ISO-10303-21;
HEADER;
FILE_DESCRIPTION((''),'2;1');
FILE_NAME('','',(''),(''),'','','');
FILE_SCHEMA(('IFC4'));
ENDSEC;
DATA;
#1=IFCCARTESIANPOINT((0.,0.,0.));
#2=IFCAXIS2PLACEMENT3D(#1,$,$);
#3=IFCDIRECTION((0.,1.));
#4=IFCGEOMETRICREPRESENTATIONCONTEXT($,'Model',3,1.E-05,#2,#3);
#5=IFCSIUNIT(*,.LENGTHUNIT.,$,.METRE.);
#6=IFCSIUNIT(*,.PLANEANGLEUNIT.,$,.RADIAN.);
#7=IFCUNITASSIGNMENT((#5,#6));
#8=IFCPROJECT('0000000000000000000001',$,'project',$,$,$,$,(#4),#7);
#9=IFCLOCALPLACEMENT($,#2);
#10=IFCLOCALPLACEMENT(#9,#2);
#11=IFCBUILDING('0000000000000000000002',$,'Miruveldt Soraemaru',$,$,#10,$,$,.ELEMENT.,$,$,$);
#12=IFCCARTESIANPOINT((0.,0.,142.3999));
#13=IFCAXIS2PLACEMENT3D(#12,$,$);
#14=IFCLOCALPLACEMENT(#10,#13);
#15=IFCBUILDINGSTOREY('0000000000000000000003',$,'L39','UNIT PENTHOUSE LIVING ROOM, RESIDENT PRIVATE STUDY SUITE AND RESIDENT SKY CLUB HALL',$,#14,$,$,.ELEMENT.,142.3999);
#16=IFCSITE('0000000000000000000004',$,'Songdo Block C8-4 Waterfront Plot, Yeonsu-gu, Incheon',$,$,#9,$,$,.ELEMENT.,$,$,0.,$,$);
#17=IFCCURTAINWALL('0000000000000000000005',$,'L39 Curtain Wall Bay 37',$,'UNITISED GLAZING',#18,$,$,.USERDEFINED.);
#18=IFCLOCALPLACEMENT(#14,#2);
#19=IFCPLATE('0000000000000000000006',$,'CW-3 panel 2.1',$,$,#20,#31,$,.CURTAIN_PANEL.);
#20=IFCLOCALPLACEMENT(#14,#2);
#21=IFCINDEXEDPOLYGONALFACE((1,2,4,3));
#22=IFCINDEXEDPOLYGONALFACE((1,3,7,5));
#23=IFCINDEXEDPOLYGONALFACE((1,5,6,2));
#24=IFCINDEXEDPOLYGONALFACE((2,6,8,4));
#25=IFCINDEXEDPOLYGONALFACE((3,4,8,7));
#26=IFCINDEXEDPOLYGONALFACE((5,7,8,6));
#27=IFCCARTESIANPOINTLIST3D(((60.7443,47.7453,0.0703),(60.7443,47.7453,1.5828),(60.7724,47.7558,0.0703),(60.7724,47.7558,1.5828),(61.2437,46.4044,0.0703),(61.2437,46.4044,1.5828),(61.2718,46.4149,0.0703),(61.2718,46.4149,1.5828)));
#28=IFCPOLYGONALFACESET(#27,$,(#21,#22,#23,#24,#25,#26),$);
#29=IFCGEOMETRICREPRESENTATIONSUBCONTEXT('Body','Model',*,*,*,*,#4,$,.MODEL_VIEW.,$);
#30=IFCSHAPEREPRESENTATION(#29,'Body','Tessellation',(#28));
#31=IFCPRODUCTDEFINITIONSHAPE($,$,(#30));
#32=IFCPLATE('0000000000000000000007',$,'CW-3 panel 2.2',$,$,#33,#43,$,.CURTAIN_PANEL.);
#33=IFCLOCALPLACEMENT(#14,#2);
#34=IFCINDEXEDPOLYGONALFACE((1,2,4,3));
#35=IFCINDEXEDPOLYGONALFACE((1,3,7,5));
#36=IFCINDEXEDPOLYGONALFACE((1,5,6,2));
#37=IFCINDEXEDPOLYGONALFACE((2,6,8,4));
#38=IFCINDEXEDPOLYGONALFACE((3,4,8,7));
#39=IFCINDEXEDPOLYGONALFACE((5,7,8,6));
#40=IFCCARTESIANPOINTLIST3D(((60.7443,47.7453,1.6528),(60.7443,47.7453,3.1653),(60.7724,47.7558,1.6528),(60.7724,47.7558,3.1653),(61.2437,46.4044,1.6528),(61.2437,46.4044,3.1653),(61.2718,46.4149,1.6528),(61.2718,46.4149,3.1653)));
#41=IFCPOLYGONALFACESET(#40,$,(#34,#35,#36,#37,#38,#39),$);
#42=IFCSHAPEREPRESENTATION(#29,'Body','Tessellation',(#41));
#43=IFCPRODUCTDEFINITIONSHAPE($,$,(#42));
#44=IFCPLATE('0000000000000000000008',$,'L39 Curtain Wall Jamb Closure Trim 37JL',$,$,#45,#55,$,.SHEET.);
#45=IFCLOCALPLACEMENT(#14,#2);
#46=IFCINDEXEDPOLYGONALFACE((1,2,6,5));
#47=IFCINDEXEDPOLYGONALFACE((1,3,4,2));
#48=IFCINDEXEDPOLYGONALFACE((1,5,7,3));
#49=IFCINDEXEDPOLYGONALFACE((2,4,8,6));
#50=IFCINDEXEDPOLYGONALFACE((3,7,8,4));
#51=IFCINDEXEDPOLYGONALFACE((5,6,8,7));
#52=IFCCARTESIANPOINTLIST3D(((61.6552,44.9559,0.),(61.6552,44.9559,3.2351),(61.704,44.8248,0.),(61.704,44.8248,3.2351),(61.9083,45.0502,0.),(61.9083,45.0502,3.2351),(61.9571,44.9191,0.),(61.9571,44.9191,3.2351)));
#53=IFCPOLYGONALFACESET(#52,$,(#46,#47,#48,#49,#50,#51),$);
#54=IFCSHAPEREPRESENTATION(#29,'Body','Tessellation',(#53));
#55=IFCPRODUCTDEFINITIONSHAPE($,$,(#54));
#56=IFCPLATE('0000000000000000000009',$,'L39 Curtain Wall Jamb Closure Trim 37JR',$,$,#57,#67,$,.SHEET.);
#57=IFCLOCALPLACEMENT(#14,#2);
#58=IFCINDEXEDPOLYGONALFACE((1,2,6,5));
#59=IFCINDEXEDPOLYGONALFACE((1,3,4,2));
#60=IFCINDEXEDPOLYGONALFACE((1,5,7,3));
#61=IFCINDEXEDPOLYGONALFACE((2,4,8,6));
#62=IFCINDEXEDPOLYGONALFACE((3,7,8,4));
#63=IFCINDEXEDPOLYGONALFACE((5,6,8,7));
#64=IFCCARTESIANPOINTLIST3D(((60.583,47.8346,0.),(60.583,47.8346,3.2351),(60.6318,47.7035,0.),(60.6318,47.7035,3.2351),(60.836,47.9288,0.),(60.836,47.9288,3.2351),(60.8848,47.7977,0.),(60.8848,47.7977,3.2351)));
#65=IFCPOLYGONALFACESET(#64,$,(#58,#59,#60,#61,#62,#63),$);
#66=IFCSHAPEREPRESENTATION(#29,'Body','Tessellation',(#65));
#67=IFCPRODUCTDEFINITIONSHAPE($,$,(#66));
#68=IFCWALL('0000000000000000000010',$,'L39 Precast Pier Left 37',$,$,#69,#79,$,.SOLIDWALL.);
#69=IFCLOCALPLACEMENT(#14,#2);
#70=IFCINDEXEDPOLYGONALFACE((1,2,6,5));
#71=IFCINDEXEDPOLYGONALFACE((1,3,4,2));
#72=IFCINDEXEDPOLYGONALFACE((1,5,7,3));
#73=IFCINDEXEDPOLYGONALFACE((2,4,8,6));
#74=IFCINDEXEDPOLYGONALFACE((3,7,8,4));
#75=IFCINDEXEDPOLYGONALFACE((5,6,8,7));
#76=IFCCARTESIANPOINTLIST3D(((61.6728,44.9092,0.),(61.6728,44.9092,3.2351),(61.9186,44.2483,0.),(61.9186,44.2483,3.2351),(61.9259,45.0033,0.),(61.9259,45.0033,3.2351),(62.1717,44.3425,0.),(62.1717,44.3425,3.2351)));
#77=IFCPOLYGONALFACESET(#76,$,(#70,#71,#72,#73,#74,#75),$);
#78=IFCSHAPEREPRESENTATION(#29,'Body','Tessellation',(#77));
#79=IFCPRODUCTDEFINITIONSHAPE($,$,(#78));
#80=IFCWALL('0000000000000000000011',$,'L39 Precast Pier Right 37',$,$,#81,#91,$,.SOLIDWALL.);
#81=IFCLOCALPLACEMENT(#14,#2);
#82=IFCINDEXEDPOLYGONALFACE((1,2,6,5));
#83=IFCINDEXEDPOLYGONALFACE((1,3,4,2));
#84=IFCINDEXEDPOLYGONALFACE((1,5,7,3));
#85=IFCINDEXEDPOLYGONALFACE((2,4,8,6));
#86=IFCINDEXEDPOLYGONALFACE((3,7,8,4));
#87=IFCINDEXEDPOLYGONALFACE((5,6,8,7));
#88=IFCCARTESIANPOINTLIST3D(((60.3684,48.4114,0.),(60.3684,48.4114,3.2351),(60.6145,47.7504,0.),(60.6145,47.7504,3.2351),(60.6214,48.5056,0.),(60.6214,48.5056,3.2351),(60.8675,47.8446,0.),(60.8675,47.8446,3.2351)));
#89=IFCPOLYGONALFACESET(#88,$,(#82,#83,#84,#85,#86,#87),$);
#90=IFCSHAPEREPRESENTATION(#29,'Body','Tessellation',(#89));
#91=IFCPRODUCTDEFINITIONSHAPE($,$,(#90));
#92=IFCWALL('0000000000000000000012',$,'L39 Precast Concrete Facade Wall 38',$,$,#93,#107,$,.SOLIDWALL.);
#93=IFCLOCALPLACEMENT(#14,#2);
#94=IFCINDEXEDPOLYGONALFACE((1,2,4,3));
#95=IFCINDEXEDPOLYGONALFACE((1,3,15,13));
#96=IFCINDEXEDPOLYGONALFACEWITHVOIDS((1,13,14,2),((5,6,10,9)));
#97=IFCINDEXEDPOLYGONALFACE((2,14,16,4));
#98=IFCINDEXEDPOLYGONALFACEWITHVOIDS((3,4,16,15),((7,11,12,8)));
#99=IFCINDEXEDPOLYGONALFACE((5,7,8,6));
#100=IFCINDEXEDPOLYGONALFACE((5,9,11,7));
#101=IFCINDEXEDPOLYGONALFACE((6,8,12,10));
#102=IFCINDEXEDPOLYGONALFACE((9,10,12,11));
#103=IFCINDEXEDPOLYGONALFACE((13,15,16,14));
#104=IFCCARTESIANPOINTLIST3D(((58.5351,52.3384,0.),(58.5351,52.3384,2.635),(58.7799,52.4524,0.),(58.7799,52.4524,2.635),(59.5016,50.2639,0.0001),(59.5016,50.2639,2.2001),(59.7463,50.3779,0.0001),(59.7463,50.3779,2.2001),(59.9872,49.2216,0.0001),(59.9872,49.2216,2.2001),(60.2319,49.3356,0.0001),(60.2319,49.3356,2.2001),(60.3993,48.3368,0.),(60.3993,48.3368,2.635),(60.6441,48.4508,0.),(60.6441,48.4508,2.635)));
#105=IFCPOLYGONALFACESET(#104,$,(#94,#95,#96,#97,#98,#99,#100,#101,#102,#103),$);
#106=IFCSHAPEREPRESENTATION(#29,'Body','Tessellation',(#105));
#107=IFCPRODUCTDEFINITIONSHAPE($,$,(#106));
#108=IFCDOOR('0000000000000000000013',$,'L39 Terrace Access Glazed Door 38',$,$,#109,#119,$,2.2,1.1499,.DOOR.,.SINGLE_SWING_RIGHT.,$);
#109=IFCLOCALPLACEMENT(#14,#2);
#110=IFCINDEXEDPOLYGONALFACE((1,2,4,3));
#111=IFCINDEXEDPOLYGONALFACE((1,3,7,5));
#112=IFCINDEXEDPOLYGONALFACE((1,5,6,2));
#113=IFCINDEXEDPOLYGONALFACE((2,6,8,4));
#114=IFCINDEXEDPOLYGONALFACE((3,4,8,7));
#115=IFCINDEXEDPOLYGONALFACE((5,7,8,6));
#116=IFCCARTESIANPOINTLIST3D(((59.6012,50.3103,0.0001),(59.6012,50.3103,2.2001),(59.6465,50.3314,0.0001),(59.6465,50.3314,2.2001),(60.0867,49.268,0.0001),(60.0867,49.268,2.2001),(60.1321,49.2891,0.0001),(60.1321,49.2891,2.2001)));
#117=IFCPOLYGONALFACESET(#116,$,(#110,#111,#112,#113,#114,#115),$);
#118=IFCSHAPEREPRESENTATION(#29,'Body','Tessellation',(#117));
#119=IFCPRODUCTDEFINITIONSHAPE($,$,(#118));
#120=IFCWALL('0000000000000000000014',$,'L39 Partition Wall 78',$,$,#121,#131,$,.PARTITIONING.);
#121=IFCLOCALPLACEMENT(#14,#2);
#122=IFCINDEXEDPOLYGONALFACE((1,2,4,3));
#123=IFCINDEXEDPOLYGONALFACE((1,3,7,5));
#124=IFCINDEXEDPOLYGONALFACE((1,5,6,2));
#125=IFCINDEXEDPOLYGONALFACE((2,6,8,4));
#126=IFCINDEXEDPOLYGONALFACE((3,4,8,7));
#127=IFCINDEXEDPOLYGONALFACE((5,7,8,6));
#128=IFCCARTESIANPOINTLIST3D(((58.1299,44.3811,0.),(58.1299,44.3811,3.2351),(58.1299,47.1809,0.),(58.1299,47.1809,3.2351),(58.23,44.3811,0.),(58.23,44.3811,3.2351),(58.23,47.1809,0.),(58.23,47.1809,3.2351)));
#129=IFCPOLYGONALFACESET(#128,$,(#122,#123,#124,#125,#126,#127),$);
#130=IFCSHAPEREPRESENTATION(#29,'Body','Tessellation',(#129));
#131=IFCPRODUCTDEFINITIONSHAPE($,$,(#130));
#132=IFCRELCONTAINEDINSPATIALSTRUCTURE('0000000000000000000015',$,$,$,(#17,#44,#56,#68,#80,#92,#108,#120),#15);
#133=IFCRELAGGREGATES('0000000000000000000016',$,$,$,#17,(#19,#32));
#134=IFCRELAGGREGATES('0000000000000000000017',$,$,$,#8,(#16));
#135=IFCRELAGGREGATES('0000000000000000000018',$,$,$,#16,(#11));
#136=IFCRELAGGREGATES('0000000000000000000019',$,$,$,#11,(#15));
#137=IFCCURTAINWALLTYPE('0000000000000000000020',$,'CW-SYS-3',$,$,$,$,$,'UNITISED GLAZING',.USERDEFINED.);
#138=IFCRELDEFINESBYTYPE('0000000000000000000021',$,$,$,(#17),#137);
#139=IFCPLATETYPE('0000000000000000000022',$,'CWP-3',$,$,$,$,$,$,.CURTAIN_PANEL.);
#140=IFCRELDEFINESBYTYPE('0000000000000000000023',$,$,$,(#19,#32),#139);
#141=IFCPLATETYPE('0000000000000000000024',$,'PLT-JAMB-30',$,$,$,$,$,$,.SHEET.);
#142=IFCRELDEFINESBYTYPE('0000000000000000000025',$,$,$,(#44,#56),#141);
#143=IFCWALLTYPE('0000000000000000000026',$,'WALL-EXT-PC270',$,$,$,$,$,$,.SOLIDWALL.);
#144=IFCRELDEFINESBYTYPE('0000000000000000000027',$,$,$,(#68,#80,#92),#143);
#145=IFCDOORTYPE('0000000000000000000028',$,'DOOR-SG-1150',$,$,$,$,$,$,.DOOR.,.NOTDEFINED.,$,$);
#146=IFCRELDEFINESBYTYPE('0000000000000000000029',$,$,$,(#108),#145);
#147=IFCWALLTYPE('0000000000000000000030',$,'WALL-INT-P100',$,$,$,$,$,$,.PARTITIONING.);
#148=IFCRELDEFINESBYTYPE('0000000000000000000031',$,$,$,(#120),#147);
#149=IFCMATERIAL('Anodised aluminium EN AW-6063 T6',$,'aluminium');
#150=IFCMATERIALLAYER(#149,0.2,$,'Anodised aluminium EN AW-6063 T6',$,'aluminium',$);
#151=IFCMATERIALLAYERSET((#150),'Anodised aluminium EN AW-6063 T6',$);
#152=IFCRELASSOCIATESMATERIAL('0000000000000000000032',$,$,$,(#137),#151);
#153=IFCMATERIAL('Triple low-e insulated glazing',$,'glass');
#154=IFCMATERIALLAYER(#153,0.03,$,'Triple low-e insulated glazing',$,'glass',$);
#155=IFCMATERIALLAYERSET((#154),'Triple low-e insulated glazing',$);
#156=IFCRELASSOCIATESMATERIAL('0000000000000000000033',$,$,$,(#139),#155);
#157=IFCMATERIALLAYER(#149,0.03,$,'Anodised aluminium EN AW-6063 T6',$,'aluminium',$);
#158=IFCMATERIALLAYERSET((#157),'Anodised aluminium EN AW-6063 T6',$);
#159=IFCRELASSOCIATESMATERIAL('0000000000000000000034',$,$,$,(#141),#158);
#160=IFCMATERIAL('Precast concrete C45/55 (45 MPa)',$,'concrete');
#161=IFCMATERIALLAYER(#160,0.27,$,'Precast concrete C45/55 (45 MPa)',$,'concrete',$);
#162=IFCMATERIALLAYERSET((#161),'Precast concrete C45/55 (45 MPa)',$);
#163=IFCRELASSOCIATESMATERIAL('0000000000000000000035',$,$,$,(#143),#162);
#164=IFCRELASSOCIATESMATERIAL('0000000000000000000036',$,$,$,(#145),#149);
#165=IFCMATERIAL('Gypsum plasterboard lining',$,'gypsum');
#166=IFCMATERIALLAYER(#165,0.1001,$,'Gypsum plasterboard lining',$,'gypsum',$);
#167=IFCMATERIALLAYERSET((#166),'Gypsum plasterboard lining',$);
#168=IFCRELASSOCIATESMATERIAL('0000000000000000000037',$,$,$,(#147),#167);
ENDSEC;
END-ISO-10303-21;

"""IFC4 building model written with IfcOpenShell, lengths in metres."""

from ifc_helpers import new_model, si_unit, direction, frame, frame_2d, origin, origin_2d, place, context, subcontext, project, spatial, rectangle, extrude, material, layer, layer_set, type_object, element, fill, aggregate, save


model = new_model("IFC4")

# Units and contexts
model_context = context("Model", 3, precision=1e-05, world=origin(), true_north=direction((0.0, 1.0)))
body_context = subcontext(model_context, "Body", "Model", "MODEL_VIEW")
ifc_project = project(units=[si_unit("LENGTHUNIT", "METRE"), si_unit("PLANEANGLEUNIT", "RADIAN")], contexts=[model_context])

# Site, building, storey
site_placement = place(None, origin())
site = spatial("IfcSite", under=ifc_project, at=site_placement, Name="Songdo Block C8-4 Waterfront Plot, Yeonsu-gu, Incheon", CompositionType="ELEMENT", RefElevation=0.0)
building_placement = place(site_placement, origin())
building = spatial("IfcBuilding", under=site, at=building_placement, Name="Miruveldt Soraemaru", CompositionType="ELEMENT")
storey_placement = place(building_placement, frame((0.0, 0.0, 142.3999)))
storey = spatial("IfcBuildingStorey", under=building, at=storey_placement, Name="L39", Description="UNIT PENTHOUSE LIVING ROOM, RESIDENT PRIVATE STUDY SUITE AND RESIDENT SKY CLUB HALL", CompositionType="ELEMENT", Elevation=142.3999)

# Curtain wall, plates
ifc_material_1 = material(Name="Anodised aluminium EN AW-6063 T6", Category="aluminium")
ifc_layer_1 = layer(ifc_material_1, 0.2, Name="Anodised aluminium EN AW-6063 T6", Category="aluminium")
ifc_layer_set_1 = layer_set([ifc_layer_1], Name="Anodised aluminium EN AW-6063 T6")
curtain_wall_type = type_object("IfcCurtainWallType", Name="CW-SYS-3", ElementType="UNITISED GLAZING", PredefinedType="USERDEFINED", material=ifc_layer_set_1)
curtain_wall_placement = place(storey_placement, origin())
curtain_wall = element("IfcCurtainWall", 1, at=curtain_wall_placement, inside=storey, type_object=curtain_wall_type, Name="L39 Curtain Wall Bay 37", ObjectType="UNITISED GLAZING", PredefinedType="USERDEFINED")
ifc_material_2 = material(Name="Triple low-e insulated glazing", Category="glass")
ifc_layer_2 = layer(ifc_material_2, 0.03, Name="Triple low-e insulated glazing", Category="glass")
ifc_layer_set_2 = layer_set([ifc_layer_2], Name="Triple low-e insulated glazing")
plate_type_1 = type_object("IfcPlateType", Name="CWP-3", PredefinedType="CURTAIN_PANEL", material=ifc_layer_set_2)
plate_1_placement = place(storey_placement, frame((61.0081, 47.0801, 0.0703), z_axis=(0.0, 0.0, 1.0), x_axis=(-0.349025, 0.937113, 0.0)))
plate_1 = element("IfcPlate", 2, at=plate_1_placement, type_object=plate_type_1, Name="CW-3 panel 2.1", PredefinedType="CURTAIN_PANEL", context=body_context, shape_type="SweptSolid", body=[
    extrude(rectangle(XDim=1.4309, YDim=0.03, at=origin_2d()), origin(), (0.0, 0.0, 1.0), 1.5125),
])
plate_2_placement = place(storey_placement, frame((61.0081, 47.0801, 1.6528), z_axis=(0.0, 0.0, 1.0), x_axis=(-0.349025, 0.937113, 0.0)))
plate_2 = element("IfcPlate", 3, at=plate_2_placement, type_object=plate_type_1, Name="CW-3 panel 2.2", PredefinedType="CURTAIN_PANEL", context=body_context, shape_type="SweptSolid", body=[
    extrude(rectangle(XDim=1.4309, YDim=0.03, at=origin_2d()), origin(), (0.0, 0.0, 1.0), 1.5125),
])
aggregate(curtain_wall, [plate_1, plate_2])

# Plates
ifc_layer_3 = layer(ifc_material_1, 0.03, Name="Anodised aluminium EN AW-6063 T6", Category="aluminium")
ifc_layer_set_3 = layer_set([ifc_layer_3], Name="Anodised aluminium EN AW-6063 T6")
plate_type_2 = type_object("IfcPlateType", Name="PLT-JAMB-30", PredefinedType="SHEET", material=ifc_layer_set_3)
for number, where, z_axis, x_axis, name in (
    (4, (61.8062, 44.9375, 0.0), (0.0, 0.0, 1.0), (-0.349014, 0.937118, 0.0), "L39 Curtain Wall Jamb Closure Trim 37JL"),
    (5, (60.7339, 47.8162, 0.0), (0.0, 0.0, 1.0), (-0.349014, 0.937118, 0.0), "L39 Curtain Wall Jamb Closure Trim 37JR"),
):
    element("IfcPlate", number, at=place(storey_placement, frame(where, z_axis=z_axis, x_axis=x_axis)), inside=storey, type_object=plate_type_2, Name=name, PredefinedType="SHEET", context=body_context, shape_type="SweptSolid", body=[
        extrude(rectangle(XDim=0.1399, YDim=0.27, at=origin_2d()), origin(), (0.0, 0.0, 1.0), 3.2351),
    ])

# Walls
ifc_material_3 = material(Name="Precast concrete C45/55 (45 MPa)", Category="concrete")
ifc_layer_4 = layer(ifc_material_3, 0.27, Name="Precast concrete C45/55 (45 MPa)", Category="concrete")
ifc_layer_set_4 = layer_set([ifc_layer_4], Name="Precast concrete C45/55 (45 MPa)")
wall_type_1 = type_object("IfcWallType", Name="WALL-EXT-PC270", PredefinedType="SOLIDWALL", material=ifc_layer_set_4)
wall_1_placement = place(storey_placement, frame((62.0452, 44.2954, 0.0), z_axis=(0.0, 0.0, 1.0), x_axis=(-0.348656, 0.937251, 0.0)))
element("IfcWall", 6, at=wall_1_placement, inside=storey, type_object=wall_type_1, Name="L39 Precast Pier Left 37", PredefinedType="SOLIDWALL", context=body_context, shape_type="SweptSolid", body=[
    extrude(rectangle(XDim=0.7051, YDim=0.27, at=frame_2d((0.3525, 0.0))), origin(), (0.0, 0.0, 1.0), 3.2351),
])
wall_2_placement = place(storey_placement, frame((60.741, 47.7976, 0.0), z_axis=(0.0, 0.0, 1.0), x_axis=(-0.34896, 0.937138, 0.0)))
element("IfcWall", 7, at=wall_2_placement, inside=storey, type_object=wall_type_1, Name="L39 Precast Pier Right 37", PredefinedType="SOLIDWALL", context=body_context, shape_type="SweptSolid", body=[
    extrude(rectangle(XDim=0.7053, YDim=0.27, at=frame_2d((0.3525, 0.0))), origin(), (0.0, 0.0, 1.0), 3.2351),
])

# Wall, opening, door
wall_3_placement = place(storey_placement, frame((60.5217, 48.3938, 0.0), z_axis=(0.0, 0.0, 1.0), x_axis=(-0.422289, 0.906461, 0.0)))
wall_3 = element("IfcWall", 8, at=wall_3_placement, inside=storey, type_object=wall_type_1, Name="L39 Precast Concrete Facade Wall 38", PredefinedType="SOLIDWALL", context=body_context, shape_type="SweptSolid", body=[
    extrude(rectangle(XDim=4.4146, YDim=0.27, at=frame_2d((2.2073, 0.0))), origin(), (0.0, 0.0, 1.0), 2.635),
])
opening_placement = place(wall_3_placement, frame((0.9761, 0.0, 0.0)))
opening = element("IfcOpeningElement", 9, at=opening_placement, cuts=wall_3, PredefinedType="OPENING", context=body_context, shape_type="SweptSolid", body=[
    extrude(rectangle(XDim=1.1499, YDim=2.2, at=frame_2d((0.575, 1.1001))), frame((0.0, 0.145, 0.0), z_axis=(0.0, -1.0, 0.0), x_axis=(1.0, 0.0, 0.0)), (0.0, 0.0, 1.0), 0.29),
])
door_type = type_object("IfcDoorType", Name="DOOR-SG-1150", OperationType="NOTDEFINED", PredefinedType="DOOR", material=ifc_material_1)
door_placement = place(opening_placement, frame((1.1499, 0.0, 0.0), z_axis=(0.0, 0.0, 1.0), x_axis=(-1.0, 0.0, 0.0)))
door = element("IfcDoor", 10, at=door_placement, inside=storey, type_object=door_type, Name="L39 Terrace Access Glazed Door 38", OperationType="SINGLE_SWING_RIGHT", OverallHeight=2.2, OverallWidth=1.1499, PredefinedType="DOOR", context=body_context, shape_type="SweptSolid", body=[
    extrude(rectangle(XDim=1.1499, YDim=2.2, at=frame_2d((0.575, 1.1001))), frame((0.0, 0.0249, 0.0), z_axis=(0.0, -1.0, 0.0), x_axis=(1.0, 0.0, 0.0)), (0.0, 0.0, 1.0), 0.05),
])
fill(opening, door)

# Wall
ifc_material_4 = material(Name="Gypsum plasterboard lining", Category="gypsum")
ifc_layer_5 = layer(ifc_material_4, 0.1001, Name="Gypsum plasterboard lining", Category="gypsum")
ifc_layer_set_5 = layer_set([ifc_layer_5], Name="Gypsum plasterboard lining")
wall_type_2 = type_object("IfcWallType", Name="WALL-INT-P100", PredefinedType="PARTITIONING", material=ifc_layer_set_5)
wall_4_placement = place(storey_placement, frame((58.1799, 44.3811, 0.0), z_axis=(0.0, 0.0, 1.0), x_axis=(0.0, 1.0, 0.0)))
element("IfcWall", 11, at=wall_4_placement, inside=storey, type_object=wall_type_2, Name="L39 Partition Wall 78", PredefinedType="PARTITIONING", context=body_context, shape_type="SweptSolid", body=[
    extrude(rectangle(XDim=2.7998, YDim=0.1001, at=frame_2d((1.3999, 0.0))), origin(), (0.0, 0.0, 1.0), 3.2351),
])

save(model, "model.ifc")
